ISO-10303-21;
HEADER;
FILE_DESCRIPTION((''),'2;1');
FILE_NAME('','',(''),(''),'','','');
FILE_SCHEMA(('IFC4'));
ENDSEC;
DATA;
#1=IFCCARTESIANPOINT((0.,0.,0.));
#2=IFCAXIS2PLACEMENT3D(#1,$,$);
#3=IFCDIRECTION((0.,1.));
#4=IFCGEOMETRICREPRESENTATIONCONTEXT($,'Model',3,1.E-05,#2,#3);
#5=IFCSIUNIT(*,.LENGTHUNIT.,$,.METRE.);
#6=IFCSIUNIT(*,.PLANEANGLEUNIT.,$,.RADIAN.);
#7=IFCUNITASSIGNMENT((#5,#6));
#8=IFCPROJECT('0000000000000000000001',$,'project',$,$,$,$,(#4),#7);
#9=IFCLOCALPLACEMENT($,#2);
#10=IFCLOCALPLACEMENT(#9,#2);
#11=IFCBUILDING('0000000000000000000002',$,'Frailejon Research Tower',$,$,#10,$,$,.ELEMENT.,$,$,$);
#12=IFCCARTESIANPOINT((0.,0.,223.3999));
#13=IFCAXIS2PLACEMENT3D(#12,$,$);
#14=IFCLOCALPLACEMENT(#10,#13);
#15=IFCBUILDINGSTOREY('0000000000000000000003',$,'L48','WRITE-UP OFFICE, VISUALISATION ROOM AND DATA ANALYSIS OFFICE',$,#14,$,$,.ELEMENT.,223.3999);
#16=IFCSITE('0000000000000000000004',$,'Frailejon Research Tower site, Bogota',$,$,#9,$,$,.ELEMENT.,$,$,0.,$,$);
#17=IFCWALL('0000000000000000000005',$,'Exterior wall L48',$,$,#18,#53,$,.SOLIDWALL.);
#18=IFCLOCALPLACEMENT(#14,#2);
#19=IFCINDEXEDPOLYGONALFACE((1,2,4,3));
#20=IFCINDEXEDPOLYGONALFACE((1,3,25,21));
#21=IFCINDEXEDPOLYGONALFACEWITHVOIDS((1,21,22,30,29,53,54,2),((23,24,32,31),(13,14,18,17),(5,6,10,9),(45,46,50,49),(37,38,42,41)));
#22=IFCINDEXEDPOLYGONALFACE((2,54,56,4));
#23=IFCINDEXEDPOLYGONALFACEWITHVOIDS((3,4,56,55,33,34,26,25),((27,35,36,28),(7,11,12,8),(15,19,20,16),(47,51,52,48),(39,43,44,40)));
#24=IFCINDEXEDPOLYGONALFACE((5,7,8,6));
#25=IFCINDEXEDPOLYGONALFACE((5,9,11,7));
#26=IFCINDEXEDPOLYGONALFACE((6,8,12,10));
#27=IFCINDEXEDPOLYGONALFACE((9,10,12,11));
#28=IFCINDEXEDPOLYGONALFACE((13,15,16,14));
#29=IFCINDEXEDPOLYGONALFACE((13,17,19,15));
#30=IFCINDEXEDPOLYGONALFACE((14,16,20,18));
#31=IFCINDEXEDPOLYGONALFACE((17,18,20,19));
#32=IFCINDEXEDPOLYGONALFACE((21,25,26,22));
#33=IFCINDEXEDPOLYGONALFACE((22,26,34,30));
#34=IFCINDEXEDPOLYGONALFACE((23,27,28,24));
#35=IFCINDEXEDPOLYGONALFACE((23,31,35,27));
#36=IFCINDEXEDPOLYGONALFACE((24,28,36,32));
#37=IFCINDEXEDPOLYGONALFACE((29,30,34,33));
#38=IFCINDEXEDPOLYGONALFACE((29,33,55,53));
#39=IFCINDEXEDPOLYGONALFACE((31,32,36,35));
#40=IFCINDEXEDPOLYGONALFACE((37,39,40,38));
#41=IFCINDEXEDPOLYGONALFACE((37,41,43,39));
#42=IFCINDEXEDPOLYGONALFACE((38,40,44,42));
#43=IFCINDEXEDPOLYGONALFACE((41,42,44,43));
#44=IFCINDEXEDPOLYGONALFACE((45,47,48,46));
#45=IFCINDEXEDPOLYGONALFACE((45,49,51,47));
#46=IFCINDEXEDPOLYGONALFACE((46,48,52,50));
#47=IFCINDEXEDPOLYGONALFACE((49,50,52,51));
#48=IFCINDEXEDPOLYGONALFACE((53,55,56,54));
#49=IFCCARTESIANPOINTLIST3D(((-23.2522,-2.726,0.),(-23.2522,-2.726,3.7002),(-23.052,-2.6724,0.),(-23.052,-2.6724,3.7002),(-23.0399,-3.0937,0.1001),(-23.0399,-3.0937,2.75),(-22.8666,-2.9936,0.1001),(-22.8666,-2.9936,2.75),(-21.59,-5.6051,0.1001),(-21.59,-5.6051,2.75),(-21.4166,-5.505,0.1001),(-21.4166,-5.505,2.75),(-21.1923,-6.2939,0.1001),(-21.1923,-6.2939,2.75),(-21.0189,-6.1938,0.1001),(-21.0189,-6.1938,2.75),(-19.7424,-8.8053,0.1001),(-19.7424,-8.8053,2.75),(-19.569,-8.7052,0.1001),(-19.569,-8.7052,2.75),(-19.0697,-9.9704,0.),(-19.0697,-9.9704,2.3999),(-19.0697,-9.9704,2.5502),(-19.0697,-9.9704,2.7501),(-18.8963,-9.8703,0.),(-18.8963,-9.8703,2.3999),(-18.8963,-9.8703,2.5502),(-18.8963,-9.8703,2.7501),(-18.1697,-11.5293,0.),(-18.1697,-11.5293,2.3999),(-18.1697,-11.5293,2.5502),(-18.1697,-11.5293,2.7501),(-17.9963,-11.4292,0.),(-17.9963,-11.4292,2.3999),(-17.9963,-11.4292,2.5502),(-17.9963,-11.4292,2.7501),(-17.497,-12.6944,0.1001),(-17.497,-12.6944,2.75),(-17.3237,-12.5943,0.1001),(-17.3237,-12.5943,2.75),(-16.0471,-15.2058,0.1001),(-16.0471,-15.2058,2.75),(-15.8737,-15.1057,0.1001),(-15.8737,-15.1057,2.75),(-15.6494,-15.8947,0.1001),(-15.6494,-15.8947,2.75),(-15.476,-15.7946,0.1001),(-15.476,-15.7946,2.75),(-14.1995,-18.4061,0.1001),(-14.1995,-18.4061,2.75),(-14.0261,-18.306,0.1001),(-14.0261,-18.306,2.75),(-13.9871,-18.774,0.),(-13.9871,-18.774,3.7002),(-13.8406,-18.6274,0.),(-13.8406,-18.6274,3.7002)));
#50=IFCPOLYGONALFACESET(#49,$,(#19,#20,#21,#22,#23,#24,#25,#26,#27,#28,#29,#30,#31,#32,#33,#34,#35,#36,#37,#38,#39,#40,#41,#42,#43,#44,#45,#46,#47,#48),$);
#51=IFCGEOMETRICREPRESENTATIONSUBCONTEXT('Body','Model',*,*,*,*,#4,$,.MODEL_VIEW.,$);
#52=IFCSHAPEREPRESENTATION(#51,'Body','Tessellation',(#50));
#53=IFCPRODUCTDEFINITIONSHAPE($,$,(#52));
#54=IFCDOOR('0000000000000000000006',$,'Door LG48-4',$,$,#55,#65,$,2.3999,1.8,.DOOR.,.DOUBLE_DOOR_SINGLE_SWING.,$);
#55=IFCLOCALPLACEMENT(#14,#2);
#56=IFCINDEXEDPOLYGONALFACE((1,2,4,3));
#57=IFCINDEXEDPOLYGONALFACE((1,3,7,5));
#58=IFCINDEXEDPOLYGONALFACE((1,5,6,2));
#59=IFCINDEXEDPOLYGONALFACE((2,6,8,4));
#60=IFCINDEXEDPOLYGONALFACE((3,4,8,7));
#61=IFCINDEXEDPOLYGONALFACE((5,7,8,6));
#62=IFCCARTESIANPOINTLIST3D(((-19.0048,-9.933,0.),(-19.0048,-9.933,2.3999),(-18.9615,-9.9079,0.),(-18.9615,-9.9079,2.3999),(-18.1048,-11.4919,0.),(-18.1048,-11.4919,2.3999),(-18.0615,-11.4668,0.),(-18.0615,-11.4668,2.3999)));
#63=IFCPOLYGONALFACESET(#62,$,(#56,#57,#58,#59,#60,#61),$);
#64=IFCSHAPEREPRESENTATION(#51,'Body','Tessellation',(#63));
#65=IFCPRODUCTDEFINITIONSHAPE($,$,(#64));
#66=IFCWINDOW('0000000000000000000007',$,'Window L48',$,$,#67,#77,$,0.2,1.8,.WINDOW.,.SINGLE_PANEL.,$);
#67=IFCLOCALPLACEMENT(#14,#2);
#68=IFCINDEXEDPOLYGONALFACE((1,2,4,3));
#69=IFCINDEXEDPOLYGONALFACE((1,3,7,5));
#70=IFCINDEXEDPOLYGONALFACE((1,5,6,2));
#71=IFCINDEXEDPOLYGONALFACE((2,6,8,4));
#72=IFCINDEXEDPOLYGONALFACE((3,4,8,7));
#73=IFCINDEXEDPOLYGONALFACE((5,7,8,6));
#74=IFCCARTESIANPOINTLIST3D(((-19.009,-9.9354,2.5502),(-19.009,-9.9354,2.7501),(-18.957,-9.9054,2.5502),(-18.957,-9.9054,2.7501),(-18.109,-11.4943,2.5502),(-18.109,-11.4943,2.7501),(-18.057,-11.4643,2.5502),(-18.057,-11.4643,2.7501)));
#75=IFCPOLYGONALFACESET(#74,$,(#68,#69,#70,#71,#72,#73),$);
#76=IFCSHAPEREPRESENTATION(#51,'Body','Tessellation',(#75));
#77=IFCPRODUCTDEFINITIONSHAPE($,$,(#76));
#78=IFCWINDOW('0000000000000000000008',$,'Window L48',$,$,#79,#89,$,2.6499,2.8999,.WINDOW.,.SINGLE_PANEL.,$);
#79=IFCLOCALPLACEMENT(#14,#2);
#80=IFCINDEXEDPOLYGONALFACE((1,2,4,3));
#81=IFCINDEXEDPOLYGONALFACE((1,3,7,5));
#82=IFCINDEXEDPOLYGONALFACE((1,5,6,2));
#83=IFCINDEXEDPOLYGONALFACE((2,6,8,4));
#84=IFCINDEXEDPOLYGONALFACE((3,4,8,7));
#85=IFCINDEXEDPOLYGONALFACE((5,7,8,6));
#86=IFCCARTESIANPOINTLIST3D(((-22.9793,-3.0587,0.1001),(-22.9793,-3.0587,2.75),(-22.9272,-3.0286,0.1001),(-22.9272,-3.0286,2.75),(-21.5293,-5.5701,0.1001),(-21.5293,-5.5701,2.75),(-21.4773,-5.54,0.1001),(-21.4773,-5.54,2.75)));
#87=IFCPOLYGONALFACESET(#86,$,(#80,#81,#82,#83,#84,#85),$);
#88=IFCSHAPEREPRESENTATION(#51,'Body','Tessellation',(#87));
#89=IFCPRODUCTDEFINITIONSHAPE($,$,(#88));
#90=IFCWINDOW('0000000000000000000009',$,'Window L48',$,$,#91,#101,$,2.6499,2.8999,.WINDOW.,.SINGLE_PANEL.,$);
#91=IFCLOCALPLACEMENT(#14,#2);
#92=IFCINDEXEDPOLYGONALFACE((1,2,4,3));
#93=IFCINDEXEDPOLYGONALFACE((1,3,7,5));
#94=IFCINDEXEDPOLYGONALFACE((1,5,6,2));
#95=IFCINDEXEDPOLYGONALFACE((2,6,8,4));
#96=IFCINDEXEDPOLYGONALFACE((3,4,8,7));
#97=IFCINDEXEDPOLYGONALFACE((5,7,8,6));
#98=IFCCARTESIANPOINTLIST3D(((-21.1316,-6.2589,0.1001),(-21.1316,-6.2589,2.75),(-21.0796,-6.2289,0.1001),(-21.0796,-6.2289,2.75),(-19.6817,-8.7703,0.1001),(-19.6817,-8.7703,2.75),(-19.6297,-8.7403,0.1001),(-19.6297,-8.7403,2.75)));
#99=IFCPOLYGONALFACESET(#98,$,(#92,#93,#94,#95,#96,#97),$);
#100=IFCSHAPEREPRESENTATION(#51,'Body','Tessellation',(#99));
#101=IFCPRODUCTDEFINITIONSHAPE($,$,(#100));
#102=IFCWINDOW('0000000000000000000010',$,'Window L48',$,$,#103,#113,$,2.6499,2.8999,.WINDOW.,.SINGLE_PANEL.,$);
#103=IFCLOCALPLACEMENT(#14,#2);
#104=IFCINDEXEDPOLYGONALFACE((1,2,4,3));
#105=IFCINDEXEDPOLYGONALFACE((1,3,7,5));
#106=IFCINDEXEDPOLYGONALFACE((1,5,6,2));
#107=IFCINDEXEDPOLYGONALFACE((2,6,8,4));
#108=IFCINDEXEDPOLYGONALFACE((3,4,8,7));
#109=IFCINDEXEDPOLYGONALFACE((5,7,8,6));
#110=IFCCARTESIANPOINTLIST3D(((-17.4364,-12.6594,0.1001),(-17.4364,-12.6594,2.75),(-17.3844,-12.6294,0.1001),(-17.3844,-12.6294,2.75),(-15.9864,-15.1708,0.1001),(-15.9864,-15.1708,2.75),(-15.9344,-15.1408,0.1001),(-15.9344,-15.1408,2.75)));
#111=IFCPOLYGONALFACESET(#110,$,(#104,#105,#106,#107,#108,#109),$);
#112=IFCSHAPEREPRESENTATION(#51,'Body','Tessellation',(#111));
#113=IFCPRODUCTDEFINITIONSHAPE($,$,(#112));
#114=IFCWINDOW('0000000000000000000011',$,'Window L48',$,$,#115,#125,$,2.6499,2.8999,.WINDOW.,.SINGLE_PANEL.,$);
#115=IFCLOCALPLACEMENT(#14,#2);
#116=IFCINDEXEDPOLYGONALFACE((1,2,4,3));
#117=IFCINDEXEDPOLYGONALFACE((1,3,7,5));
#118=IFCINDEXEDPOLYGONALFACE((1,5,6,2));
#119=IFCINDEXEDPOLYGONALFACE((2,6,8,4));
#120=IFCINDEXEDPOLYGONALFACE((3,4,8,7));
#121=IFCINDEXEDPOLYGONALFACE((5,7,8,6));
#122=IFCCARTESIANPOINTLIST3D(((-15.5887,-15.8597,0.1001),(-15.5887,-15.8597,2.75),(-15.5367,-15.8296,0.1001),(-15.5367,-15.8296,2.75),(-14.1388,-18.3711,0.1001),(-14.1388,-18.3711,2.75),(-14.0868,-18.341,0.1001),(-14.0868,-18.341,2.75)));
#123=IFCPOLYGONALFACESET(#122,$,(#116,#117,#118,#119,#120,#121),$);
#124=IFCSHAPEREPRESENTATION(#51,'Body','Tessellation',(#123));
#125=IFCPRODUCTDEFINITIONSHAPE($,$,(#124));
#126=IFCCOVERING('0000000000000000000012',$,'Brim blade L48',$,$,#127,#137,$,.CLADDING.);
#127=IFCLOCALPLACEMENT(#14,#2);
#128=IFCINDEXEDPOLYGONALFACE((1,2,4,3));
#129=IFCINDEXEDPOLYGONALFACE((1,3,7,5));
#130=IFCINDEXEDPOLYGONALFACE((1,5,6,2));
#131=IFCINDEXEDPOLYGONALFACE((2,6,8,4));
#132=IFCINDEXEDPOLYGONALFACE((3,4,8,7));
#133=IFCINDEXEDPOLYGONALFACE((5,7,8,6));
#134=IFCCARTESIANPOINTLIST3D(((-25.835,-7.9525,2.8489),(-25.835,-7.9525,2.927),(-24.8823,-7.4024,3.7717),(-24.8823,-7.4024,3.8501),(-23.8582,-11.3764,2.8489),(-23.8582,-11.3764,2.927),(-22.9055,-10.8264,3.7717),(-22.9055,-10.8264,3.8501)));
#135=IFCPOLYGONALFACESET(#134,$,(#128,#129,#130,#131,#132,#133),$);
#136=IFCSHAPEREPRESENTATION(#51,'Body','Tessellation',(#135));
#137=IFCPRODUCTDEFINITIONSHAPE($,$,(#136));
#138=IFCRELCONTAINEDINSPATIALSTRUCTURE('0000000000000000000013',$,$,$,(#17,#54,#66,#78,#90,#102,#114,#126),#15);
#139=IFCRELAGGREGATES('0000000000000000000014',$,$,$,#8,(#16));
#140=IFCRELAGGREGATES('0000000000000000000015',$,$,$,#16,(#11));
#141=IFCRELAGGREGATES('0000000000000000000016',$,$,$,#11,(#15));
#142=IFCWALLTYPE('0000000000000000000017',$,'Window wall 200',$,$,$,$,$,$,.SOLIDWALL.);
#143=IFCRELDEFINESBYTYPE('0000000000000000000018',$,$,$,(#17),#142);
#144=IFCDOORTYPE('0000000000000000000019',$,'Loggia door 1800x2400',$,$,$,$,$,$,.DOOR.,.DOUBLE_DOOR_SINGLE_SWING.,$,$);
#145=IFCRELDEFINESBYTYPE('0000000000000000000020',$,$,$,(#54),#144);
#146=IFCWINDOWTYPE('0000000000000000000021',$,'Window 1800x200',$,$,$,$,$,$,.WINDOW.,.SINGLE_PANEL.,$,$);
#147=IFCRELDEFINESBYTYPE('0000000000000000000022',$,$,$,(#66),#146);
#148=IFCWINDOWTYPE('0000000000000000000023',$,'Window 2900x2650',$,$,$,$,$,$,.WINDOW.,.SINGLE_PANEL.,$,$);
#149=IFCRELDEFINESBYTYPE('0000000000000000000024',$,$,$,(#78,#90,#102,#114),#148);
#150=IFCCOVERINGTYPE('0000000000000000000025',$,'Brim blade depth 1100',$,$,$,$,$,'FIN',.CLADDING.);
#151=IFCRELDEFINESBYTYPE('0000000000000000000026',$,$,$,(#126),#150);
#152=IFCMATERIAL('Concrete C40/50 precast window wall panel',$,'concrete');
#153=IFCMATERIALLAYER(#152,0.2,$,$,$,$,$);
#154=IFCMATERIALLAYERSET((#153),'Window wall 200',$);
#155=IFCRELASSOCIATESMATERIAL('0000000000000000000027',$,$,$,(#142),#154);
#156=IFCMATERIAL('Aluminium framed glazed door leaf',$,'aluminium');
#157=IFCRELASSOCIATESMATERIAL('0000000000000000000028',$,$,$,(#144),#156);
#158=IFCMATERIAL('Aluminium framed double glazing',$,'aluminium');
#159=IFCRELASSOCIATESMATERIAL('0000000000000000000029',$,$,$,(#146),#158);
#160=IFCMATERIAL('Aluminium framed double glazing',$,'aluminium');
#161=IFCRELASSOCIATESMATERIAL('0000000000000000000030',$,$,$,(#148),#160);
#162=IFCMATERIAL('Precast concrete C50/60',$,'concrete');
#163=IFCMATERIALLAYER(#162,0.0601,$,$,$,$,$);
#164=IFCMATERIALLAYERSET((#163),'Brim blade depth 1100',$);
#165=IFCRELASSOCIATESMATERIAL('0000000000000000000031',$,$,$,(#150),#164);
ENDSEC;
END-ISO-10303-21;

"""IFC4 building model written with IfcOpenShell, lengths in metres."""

from ifc_helpers import new_model, si_unit, direction, frame, frame_2d, origin, place, context, subcontext, project, spatial, polyline, rectangle, outline, extrude, material, layer, layer_set, type_object, element, fill, save


model = new_model("IFC4")

# Units and contexts
model_context = context("Model", 3, precision=1e-05, world=origin(), true_north=direction((0.0, 1.0)))
body_context = subcontext(model_context, "Body", "Model", "MODEL_VIEW")
ifc_project = project(units=[si_unit("LENGTHUNIT", "METRE"), si_unit("PLANEANGLEUNIT", "RADIAN")], contexts=[model_context])

# Site, building, storey
site_placement = place(None, origin())
site = spatial("IfcSite", under=ifc_project, at=site_placement, Name="Frailejon Research Tower site, Bogota", CompositionType="ELEMENT", RefElevation=0.0)
building_placement = place(site_placement, origin())
building = spatial("IfcBuilding", under=site, at=building_placement, Name="Frailejon Research Tower", CompositionType="ELEMENT")
storey_placement = place(building_placement, frame((0.0, 0.0, 223.3999)))
storey = spatial("IfcBuildingStorey", under=building, at=storey_placement, Name="L48", Description="WRITE-UP OFFICE, VISUALISATION ROOM AND DATA ANALYSIS OFFICE", CompositionType="ELEMENT", Elevation=223.3999)

# Wall, openings, door, windows
ifc_material_1 = material(Name="Concrete C40/50 precast window wall panel", Category="concrete")
ifc_layer_1 = layer(ifc_material_1, 0.2)
ifc_layer_set_1 = layer_set([ifc_layer_1], Name="Window wall 200")
wall_type_1 = type_object("IfcWallType", Name="Window wall 200", PredefinedType="SOLIDWALL", material=ifc_layer_set_1)
wall_1_placement = place(storey_placement, frame((-23.1521, -2.6992, 0.0), z_axis=(0.0, 0.0, 1.0), x_axis=(0.499993, -0.866029, 0.0)))
wall_1 = element("IfcWall", 1, at=wall_1_placement, inside=storey, type_object=wall_type_1, Name="Exterior wall L48", PredefinedType="SOLIDWALL", context=body_context, shape_type="SweptSolid", body=[
    extrude(outline(polyline([(-0.0269, -0.1001), (1.0027, -0.1001), (2.032, -0.1001), (3.0615, -0.1001), (4.0911, -0.1001), (5.1206, -0.1001), (6.1499, -0.1001), (7.1794, -0.1001), (8.209, -0.1001), (9.2383, -0.1001), (10.2678, -0.1001), (11.2974, -0.1001), (12.3269, -0.1001), (13.3562, -0.1001), (14.3857, -0.1001), (15.4153, -0.1001), (16.4448, -0.1001), (17.4741, -0.1001), (18.5037, -0.1001), (18.45, 0.1001), (17.4265, 0.1001), (16.4028, 0.1001), (15.3794, 0.1001), (14.356, 0.1001), (13.3325, 0.1001), (12.3088, 0.1001), (11.2854, 0.1001), (10.262, 0.1001), (9.2383, 0.1001), (8.2148, 0.1001), (7.1914, 0.1001), (6.168, 0.1001), (5.1443, 0.1001), (4.1208, 0.1001), (3.0974, 0.1001), (2.074, 0.1001), (1.0503, 0.1001), (0.0269, 0.1001), (-0.0269, -0.1001)])), origin(), (0.0, 0.0, 1.0), 3.7002),
])
opening_1_placement = place(wall_1_placement, frame((0.3977, 0.0, 0.1001)))
opening_1 = element("IfcOpeningElement", 2, at=opening_1_placement, cuts=wall_1, PredefinedType="OPENING", context=body_context, shape_type="SweptSolid", body=[
    extrude(rectangle(XDim=2.8999, YDim=2.6499, at=frame_2d((1.45, 1.325))), frame((0.0, 0.1099, 0.0), z_axis=(0.0, -1.0, 0.0), x_axis=(1.0, 0.0, 0.0)), (0.0, 0.0, 1.0), 0.22),
])
opening_2_placement = place(wall_1_placement, frame((4.093, 0.0, 0.1001)))
opening_2 = element("IfcOpeningElement", 3, at=opening_2_placement, cuts=wall_1, PredefinedType="OPENING", context=body_context, shape_type="SweptSolid", body=[
    extrude(rectangle(XDim=2.8999, YDim=2.6499, at=frame_2d((1.45, 1.325))), frame((0.0, 0.1099, 0.0), z_axis=(0.0, -1.0, 0.0), x_axis=(1.0, 0.0, 0.0)), (0.0, 0.0, 1.0), 0.22),
])
opening_3_placement = place(wall_1_placement, frame((8.3384, 0.0, 0.0)))
opening_3 = element("IfcOpeningElement", 4, at=opening_3_placement, cuts=wall_1, PredefinedType="OPENING", context=body_context, shape_type="SweptSolid", body=[
    extrude(rectangle(XDim=1.8, YDim=2.3999, at=frame_2d((0.8999, 1.2))), frame((0.0, 0.1099, 0.0), z_axis=(0.0, -1.0, 0.0), x_axis=(1.0, 0.0, 0.0)), (0.0, 0.0, 1.0), 0.22),
])
opening_4_placement = place(wall_1_placement, frame((8.3384, 0.0, 2.55)))
opening_4 = element("IfcOpeningElement", 5, at=opening_4_placement, cuts=wall_1, PredefinedType="OPENING", context=body_context, shape_type="SweptSolid", body=[
    extrude(rectangle(XDim=1.8, YDim=0.2, at=frame_2d((0.8999, 0.1001))), frame((0.0, 0.1099, 0.0), z_axis=(0.0, -1.0, 0.0), x_axis=(1.0, 0.0, 0.0)), (0.0, 0.0, 1.0), 0.22),
])
opening_5_placement = place(wall_1_placement, frame((11.4836, 0.0, 0.1001)))
opening_5 = element("IfcOpeningElement", 6, at=opening_5_placement, cuts=wall_1, PredefinedType="OPENING", context=body_context, shape_type="SweptSolid", body=[
    extrude(rectangle(XDim=2.8999, YDim=2.6499, at=frame_2d((1.45, 1.325))), frame((0.0, 0.1099, 0.0), z_axis=(0.0, -1.0, 0.0), x_axis=(1.0, 0.0, 0.0)), (0.0, 0.0, 1.0), 0.22),
])
opening_6_placement = place(wall_1_placement, frame((15.179, 0.0, 0.1001)))
opening_6 = element("IfcOpeningElement", 7, at=opening_6_placement, cuts=wall_1, PredefinedType="OPENING", context=body_context, shape_type="SweptSolid", body=[
    extrude(rectangle(XDim=2.8999, YDim=2.6499, at=frame_2d((1.45, 1.325))), frame((0.0, 0.1099, 0.0), z_axis=(0.0, -1.0, 0.0), x_axis=(1.0, 0.0, 0.0)), (0.0, 0.0, 1.0), 0.22),
])
ifc_material_2 = material(Name="Aluminium framed glazed door leaf", Category="aluminium")
door_type_1 = type_object("IfcDoorType", Name="Loggia door 1800x2400", OperationType="DOUBLE_DOOR_SINGLE_SWING", PredefinedType="DOOR", material=ifc_material_2)
door_1_placement = place(opening_3_placement, origin())
door_1 = element("IfcDoor", 8, at=door_1_placement, inside=storey, type_object=door_type_1, Name="Door LG48-4", OperationType="DOUBLE_DOOR_SINGLE_SWING", OverallHeight=2.3999, OverallWidth=1.8, PredefinedType="DOOR", context=body_context, shape_type="SweptSolid", body=[
    extrude(rectangle(XDim=1.8, YDim=2.3999, at=frame_2d((0.8999, 1.2))), frame((0.0, 0.0249, 0.0), z_axis=(0.0, -1.0, 0.0), x_axis=(1.0, 0.0, 0.0)), (0.0, 0.0, 1.0), 0.05),
])
fill(opening_3, door_1)
ifc_material_3 = material(Name="Aluminium framed double glazing", Category="aluminium")
window_type_1 = type_object("IfcWindowType", Name="Window 1800x200", PartitioningType="SINGLE_PANEL", PredefinedType="WINDOW", material=ifc_material_3)
window_1_placement = place(opening_4_placement, origin())
window_1 = element("IfcWindow", 9, at=window_1_placement, inside=storey, type_object=window_type_1, Name="Window L48", OverallHeight=0.2, OverallWidth=1.8, PartitioningType="SINGLE_PANEL", PredefinedType="WINDOW", context=body_context, shape_type="SweptSolid", body=[
    extrude(rectangle(XDim=1.8, YDim=0.2, at=frame_2d((0.8999, 0.1001))), frame((0.0, 0.03, 0.0), z_axis=(0.0, -1.0, 0.0), x_axis=(1.0, 0.0, 0.0)), (0.0, 0.0, 1.0), 0.0601),
])
fill(opening_4, window_1)
ifc_material_4 = material(Name="Aluminium framed double glazing", Category="aluminium")
window_type_2 = type_object("IfcWindowType", Name="Window 2900x2650", PartitioningType="SINGLE_PANEL", PredefinedType="WINDOW", material=ifc_material_4)
window_2_placement = place(opening_1_placement, origin())
window_2 = element("IfcWindow", 10, at=window_2_placement, inside=storey, type_object=window_type_2, Name="Window L48", OverallHeight=2.6499, OverallWidth=2.8999, PartitioningType="SINGLE_PANEL", PredefinedType="WINDOW", context=body_context, shape_type="SweptSolid", body=[
    extrude(rectangle(XDim=2.8999, YDim=2.6499, at=frame_2d((1.45, 1.325))), frame((0.0, 0.03, 0.0), z_axis=(0.0, -1.0, 0.0), x_axis=(1.0, 0.0, 0.0)), (0.0, 0.0, 1.0), 0.0601),
])
fill(opening_1, window_2)
window_3_placement = place(opening_2_placement, origin())
window_3 = element("IfcWindow", 11, at=window_3_placement, inside=storey, type_object=window_type_2, Name="Window L48", OverallHeight=2.6499, OverallWidth=2.8999, PartitioningType="SINGLE_PANEL", PredefinedType="WINDOW", context=body_context, shape_type="SweptSolid", body=[
    extrude(rectangle(XDim=2.8999, YDim=2.6499, at=frame_2d((1.45, 1.325))), frame((0.0, 0.03, 0.0), z_axis=(0.0, -1.0, 0.0), x_axis=(1.0, 0.0, 0.0)), (0.0, 0.0, 1.0), 0.0601),
])
fill(opening_2, window_3)
window_4_placement = place(opening_5_placement, origin())
window_4 = element("IfcWindow", 12, at=window_4_placement, inside=storey, type_object=window_type_2, Name="Window L48", OverallHeight=2.6499, OverallWidth=2.8999, PartitioningType="SINGLE_PANEL", PredefinedType="WINDOW", context=body_context, shape_type="SweptSolid", body=[
    extrude(rectangle(XDim=2.8999, YDim=2.6499, at=frame_2d((1.45, 1.325))), frame((0.0, 0.03, 0.0), z_axis=(0.0, -1.0, 0.0), x_axis=(1.0, 0.0, 0.0)), (0.0, 0.0, 1.0), 0.0601),
])
fill(opening_5, window_4)
window_5_placement = place(opening_6_placement, origin())
window_5 = element("IfcWindow", 13, at=window_5_placement, inside=storey, type_object=window_type_2, Name="Window L48", OverallHeight=2.6499, OverallWidth=2.8999, PartitioningType="SINGLE_PANEL", PredefinedType="WINDOW", context=body_context, shape_type="SweptSolid", body=[
    extrude(rectangle(XDim=2.8999, YDim=2.6499, at=frame_2d((1.45, 1.325))), frame((0.0, 0.03, 0.0), z_axis=(0.0, -1.0, 0.0), x_axis=(1.0, 0.0, 0.0)), (0.0, 0.0, 1.0), 0.0601),
])
fill(opening_6, window_5)

# Covering
ifc_material_5 = material(Name="Precast concrete C50/60", Category="concrete")
ifc_layer_2 = layer(ifc_material_5, 0.0601)
ifc_layer_set_2 = layer_set([ifc_layer_2], Name="Brim blade depth 1100")
covering_type = type_object("IfcCoveringType", Name="Brim blade depth 1100", ElementType="FIN", PredefinedType="CLADDING", material=ifc_layer_set_2)
covering_placement = place(storey_placement, frame((-22.9055, -10.8264, 3.8501), z_axis=(-0.499984, 0.866035, 0.0), x_axis=(-0.866035, -0.499984, 0.0)))
element("IfcCovering", 14, at=covering_placement, inside=storey, type_object=covering_type, Name="Brim blade L48", PredefinedType="CLADDING", context=body_context, shape_type="SweptSolid", body=[
    extrude(outline(polyline([(0.0, -0.0784), (1.1001, -1.0012), (1.1001, -0.9231), (0.0, 0.0), (0.0, -0.0784)])), origin(), (0.0, 0.0, 1.0), 3.9536),
])

save(model, "model.ifc")
